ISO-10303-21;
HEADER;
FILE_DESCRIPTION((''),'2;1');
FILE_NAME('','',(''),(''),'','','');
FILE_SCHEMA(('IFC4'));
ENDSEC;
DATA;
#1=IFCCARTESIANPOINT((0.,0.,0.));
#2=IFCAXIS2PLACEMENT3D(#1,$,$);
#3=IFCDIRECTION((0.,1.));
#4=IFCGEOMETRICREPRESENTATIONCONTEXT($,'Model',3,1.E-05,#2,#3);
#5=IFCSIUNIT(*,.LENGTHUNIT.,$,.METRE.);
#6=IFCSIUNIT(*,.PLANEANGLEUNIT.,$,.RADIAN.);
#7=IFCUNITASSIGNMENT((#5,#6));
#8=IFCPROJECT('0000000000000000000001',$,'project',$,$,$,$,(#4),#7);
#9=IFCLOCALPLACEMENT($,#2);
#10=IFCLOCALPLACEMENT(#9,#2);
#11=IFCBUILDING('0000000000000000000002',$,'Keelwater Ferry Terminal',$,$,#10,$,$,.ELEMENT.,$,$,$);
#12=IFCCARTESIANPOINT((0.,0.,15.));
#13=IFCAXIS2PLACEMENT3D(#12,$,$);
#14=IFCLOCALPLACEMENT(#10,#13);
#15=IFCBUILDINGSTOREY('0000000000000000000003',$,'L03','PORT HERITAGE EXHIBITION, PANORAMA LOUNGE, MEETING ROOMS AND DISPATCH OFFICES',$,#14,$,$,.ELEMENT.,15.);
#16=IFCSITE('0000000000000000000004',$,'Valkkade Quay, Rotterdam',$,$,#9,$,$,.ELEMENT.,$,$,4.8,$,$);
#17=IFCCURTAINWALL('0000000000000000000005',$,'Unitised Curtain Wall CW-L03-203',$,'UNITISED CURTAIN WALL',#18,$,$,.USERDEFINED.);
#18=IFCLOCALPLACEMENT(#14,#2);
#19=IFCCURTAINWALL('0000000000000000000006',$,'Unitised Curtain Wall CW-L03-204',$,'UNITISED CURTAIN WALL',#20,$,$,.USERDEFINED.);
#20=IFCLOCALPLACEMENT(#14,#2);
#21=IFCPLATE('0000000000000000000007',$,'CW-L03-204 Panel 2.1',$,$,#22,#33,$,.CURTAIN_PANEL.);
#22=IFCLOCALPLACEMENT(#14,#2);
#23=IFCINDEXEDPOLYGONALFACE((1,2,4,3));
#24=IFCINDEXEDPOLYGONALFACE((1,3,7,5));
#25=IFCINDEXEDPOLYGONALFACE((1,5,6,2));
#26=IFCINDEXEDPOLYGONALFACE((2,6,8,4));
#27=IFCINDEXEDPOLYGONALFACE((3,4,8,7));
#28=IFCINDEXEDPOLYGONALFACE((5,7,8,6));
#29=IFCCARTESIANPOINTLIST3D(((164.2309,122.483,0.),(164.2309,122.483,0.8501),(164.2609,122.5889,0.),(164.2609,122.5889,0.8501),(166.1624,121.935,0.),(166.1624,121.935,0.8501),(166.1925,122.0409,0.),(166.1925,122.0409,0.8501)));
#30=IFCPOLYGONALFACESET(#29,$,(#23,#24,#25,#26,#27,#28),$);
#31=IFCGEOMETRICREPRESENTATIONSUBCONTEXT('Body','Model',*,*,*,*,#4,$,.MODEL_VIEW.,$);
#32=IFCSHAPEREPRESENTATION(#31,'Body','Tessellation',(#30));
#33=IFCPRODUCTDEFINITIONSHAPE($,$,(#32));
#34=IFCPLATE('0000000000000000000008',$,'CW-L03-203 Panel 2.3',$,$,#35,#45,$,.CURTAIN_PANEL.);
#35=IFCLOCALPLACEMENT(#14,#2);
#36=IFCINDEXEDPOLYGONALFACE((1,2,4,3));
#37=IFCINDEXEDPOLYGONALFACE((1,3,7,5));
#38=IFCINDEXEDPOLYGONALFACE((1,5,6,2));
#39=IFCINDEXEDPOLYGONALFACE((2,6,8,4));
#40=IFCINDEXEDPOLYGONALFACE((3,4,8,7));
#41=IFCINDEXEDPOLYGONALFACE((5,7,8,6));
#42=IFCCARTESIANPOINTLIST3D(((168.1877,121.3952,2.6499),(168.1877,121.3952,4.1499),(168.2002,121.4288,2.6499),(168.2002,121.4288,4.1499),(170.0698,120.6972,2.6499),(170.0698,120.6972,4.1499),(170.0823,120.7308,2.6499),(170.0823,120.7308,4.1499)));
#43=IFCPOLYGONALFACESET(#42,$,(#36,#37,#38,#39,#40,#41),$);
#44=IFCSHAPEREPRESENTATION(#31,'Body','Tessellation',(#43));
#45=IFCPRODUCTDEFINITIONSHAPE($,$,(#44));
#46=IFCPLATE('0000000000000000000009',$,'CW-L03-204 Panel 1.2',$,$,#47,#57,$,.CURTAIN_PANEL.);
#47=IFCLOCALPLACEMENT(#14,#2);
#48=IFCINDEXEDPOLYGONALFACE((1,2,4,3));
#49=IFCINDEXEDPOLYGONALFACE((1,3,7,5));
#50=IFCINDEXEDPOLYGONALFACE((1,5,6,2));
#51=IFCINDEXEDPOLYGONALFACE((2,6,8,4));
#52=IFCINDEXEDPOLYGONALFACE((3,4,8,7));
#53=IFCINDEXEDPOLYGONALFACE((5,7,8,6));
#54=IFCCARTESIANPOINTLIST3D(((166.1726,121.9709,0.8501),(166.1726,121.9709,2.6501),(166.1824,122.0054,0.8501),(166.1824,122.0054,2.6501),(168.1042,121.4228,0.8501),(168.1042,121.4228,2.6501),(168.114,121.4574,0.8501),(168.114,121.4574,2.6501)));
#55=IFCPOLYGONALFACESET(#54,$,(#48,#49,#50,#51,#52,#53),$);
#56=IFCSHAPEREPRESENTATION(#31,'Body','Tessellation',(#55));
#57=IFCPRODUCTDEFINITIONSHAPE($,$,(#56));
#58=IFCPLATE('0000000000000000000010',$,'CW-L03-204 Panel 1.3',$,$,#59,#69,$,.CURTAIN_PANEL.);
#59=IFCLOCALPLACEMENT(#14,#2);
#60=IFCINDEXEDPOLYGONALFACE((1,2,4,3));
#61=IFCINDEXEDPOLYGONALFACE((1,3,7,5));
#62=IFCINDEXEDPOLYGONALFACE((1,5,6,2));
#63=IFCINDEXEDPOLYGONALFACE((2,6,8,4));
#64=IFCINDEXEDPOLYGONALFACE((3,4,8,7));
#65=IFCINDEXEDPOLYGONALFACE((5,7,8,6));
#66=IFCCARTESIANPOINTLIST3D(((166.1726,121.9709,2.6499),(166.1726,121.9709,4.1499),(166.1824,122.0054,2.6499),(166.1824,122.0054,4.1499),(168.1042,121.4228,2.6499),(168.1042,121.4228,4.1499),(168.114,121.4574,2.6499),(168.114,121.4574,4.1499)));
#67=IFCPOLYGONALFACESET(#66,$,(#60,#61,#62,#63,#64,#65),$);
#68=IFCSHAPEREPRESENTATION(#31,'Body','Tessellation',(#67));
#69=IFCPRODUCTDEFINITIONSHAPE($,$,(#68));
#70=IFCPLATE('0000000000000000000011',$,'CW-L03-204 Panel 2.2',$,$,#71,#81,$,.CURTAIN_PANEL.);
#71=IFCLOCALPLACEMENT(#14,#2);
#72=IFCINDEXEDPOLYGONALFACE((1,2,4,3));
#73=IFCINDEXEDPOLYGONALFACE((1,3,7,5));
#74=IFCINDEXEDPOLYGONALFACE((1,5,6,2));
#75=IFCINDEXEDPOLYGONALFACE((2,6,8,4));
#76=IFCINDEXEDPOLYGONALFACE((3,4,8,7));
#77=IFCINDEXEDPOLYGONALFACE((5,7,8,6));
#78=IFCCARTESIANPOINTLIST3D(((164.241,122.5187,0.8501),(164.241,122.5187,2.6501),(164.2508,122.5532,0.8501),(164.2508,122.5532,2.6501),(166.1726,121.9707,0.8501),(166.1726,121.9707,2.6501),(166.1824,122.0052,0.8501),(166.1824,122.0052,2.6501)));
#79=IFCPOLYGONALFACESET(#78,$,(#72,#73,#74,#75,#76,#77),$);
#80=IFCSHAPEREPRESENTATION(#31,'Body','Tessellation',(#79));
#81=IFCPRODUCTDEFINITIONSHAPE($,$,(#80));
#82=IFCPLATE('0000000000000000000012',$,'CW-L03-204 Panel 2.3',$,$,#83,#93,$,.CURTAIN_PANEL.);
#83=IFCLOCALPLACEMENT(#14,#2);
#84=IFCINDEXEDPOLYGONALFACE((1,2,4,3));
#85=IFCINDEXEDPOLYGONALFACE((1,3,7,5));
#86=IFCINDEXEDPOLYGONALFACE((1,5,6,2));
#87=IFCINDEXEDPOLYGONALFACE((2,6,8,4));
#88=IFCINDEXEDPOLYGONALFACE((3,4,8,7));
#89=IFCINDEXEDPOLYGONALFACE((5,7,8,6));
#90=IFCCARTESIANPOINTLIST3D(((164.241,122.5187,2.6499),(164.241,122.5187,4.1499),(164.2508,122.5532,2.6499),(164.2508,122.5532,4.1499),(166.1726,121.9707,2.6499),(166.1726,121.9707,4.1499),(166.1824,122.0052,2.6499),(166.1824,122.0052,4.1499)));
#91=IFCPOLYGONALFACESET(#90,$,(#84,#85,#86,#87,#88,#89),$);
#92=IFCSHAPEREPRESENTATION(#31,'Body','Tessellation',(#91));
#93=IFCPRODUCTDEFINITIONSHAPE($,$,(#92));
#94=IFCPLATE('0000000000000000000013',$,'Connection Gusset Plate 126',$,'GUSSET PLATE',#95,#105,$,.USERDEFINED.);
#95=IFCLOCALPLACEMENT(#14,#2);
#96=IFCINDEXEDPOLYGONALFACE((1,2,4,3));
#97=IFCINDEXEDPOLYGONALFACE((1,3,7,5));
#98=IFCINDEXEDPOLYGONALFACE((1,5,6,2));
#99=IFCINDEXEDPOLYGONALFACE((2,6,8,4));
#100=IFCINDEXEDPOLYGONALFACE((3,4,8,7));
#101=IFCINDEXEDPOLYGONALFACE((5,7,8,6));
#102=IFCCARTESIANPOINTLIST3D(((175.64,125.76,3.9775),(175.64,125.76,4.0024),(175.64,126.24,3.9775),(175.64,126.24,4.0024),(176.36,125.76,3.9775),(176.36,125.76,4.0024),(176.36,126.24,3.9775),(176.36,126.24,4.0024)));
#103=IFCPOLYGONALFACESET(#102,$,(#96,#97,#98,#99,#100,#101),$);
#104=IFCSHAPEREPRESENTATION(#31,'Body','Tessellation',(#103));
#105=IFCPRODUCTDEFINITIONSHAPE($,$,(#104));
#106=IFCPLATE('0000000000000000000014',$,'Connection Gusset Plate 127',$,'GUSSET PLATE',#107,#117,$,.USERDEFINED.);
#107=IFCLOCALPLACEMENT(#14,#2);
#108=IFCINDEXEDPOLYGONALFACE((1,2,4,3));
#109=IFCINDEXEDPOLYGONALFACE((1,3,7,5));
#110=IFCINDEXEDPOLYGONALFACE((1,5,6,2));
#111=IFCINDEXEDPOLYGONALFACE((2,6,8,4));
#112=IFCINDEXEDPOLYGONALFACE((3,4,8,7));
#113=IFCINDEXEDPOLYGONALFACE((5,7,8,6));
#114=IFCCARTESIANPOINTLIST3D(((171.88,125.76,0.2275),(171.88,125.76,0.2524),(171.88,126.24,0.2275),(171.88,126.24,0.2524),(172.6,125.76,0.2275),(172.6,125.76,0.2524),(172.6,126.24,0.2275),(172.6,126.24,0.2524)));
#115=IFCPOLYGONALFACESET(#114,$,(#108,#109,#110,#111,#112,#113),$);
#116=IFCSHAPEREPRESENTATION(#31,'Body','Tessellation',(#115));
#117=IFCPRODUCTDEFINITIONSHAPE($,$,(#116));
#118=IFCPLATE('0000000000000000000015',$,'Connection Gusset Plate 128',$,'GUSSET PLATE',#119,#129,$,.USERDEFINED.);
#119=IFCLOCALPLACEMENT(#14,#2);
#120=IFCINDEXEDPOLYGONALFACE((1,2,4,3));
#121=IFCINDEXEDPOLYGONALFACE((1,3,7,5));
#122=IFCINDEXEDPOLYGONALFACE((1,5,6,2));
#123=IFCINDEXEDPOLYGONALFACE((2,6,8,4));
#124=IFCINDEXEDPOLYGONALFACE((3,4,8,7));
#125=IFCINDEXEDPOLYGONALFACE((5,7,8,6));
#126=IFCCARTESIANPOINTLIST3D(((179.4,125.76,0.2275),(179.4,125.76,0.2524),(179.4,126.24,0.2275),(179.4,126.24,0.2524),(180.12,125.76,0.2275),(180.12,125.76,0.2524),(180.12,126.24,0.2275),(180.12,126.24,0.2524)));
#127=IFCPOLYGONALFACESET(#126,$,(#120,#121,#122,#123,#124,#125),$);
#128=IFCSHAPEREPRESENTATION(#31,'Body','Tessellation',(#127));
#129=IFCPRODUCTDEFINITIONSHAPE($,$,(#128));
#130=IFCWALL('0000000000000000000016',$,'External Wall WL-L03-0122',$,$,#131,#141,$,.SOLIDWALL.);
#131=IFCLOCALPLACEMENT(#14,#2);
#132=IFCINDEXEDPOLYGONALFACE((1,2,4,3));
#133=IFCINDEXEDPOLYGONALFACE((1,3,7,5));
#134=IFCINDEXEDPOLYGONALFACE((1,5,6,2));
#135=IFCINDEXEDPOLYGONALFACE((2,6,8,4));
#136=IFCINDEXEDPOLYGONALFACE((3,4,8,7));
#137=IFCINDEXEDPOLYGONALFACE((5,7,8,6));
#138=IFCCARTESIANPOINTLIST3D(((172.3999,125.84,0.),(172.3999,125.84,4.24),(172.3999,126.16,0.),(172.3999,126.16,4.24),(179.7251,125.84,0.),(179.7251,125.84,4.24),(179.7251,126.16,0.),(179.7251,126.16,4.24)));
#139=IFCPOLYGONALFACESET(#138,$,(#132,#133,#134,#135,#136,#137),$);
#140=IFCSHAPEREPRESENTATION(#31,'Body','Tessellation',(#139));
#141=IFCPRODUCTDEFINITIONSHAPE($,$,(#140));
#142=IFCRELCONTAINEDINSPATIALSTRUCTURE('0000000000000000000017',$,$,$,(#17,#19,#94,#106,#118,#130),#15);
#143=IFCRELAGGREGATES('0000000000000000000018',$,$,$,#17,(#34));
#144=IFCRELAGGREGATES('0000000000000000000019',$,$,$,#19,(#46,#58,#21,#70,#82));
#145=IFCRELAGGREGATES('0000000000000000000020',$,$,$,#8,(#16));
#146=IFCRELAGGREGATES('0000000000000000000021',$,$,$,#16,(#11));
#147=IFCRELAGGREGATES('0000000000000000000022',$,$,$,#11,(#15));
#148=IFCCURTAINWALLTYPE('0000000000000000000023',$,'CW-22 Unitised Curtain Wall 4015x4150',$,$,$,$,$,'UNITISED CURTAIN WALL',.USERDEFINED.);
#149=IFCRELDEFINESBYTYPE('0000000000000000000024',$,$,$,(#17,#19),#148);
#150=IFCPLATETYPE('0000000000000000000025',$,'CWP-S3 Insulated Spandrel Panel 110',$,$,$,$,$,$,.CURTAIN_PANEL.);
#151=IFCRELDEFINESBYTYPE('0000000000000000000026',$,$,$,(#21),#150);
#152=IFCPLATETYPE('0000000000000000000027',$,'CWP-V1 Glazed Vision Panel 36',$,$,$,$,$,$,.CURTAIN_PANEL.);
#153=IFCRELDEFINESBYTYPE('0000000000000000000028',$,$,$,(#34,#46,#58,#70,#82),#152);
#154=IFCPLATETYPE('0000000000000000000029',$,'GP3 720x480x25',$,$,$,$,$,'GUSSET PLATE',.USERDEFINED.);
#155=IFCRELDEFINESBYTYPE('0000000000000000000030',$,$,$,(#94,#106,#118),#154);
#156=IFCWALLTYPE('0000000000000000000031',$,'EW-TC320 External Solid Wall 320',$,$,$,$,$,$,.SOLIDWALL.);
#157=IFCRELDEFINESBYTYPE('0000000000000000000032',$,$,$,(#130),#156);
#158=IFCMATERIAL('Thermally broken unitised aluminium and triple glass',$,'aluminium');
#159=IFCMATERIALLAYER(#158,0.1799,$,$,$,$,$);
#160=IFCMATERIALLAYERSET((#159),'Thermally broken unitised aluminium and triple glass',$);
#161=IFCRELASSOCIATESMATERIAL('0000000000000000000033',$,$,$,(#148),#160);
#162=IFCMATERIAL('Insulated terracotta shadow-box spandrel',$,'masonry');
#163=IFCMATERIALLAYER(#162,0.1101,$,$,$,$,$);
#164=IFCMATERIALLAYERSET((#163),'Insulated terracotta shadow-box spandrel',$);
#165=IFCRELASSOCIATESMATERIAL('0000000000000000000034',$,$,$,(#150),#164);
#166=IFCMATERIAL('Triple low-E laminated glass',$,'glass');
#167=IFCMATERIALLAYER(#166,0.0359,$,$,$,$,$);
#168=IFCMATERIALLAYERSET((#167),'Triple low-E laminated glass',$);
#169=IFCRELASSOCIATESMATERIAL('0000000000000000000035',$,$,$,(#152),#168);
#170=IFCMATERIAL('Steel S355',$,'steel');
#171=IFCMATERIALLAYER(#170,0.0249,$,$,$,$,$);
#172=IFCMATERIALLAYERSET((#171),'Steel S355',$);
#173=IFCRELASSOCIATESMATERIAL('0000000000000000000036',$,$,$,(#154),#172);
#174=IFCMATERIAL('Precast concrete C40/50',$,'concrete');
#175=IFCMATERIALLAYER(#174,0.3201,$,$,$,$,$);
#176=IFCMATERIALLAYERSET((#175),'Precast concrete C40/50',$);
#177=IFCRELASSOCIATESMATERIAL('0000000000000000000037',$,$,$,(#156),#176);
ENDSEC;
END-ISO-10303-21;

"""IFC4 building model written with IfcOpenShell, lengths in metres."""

from ifc_helpers import new_model, si_unit, direction, frame, frame_2d, origin, origin_2d, place, context, subcontext, project, spatial, rectangle, extrude, material, layer, layer_set, type_object, element, aggregate, save


model = new_model("IFC4")

# Units and contexts
model_context = context("Model", 3, precision=1e-05, world=origin(), true_north=direction((0.0, 1.0)))
body_context = subcontext(model_context, "Body", "Model", "MODEL_VIEW")
ifc_project = project(units=[si_unit("LENGTHUNIT", "METRE"), si_unit("PLANEANGLEUNIT", "RADIAN")], contexts=[model_context])

# Site, building, storey
site_placement = place(None, origin())
site = spatial("IfcSite", under=ifc_project, at=site_placement, Name="Valkkade Quay, Rotterdam", CompositionType="ELEMENT", RefElevation=4.8)
building_placement = place(site_placement, origin())
building = spatial("IfcBuilding", under=site, at=building_placement, Name="Keelwater Ferry Terminal", CompositionType="ELEMENT")
storey_placement = place(building_placement, frame((0.0, 0.0, 15.0)))
storey = spatial("IfcBuildingStorey", under=building, at=storey_placement, Name="L03", Description="PORT HERITAGE EXHIBITION, PANORAMA LOUNGE, MEETING ROOMS AND DISPATCH OFFICES", CompositionType="ELEMENT", Elevation=15.0)

# Curtain wall
ifc_material_1 = material(Name="Thermally broken unitised aluminium and triple glass", Category="aluminium")
ifc_layer_1 = layer(ifc_material_1, 0.1799)
ifc_layer_set_1 = layer_set([ifc_layer_1], Name="Thermally broken unitised aluminium and triple glass")
curtain_wall_type = type_object("IfcCurtainWallType", Name="CW-22 Unitised Curtain Wall 4015x4150", ElementType="UNITISED CURTAIN WALL", PredefinedType="USERDEFINED", material=ifc_layer_set_1)
curtain_wall_1_placement = place(storey_placement, origin())
curtain_wall_1 = element("IfcCurtainWall", 1, at=curtain_wall_1_placement, inside=storey, type_object=curtain_wall_type, Name="Unitised Curtain Wall CW-L03-203", ObjectType="UNITISED CURTAIN WALL", PredefinedType="USERDEFINED")

# Curtain wall
curtain_wall_2_placement = place(storey_placement, origin())
curtain_wall_2 = element("IfcCurtainWall", 2, at=curtain_wall_2_placement, inside=storey, type_object=curtain_wall_type, Name="Unitised Curtain Wall CW-L03-204", ObjectType="UNITISED CURTAIN WALL", PredefinedType="USERDEFINED")

# Plates
ifc_material_2 = material(Name="Insulated terracotta shadow-box spandrel", Category="masonry")
ifc_layer_2 = layer(ifc_material_2, 0.1101)
ifc_layer_set_2 = layer_set([ifc_layer_2], Name="Insulated terracotta shadow-box spandrel")
plate_type_1 = type_object("IfcPlateType", Name="CWP-S3 Insulated Spandrel Panel 110", PredefinedType="CURTAIN_PANEL", material=ifc_layer_set_2)
plate_1_placement = place(storey_placement, frame((165.2117, 122.262, 0.0), z_axis=(0.0, 0.0, 1.0), x_axis=(-0.96203, 0.272945, 0.0)))
plate_1 = element("IfcPlate", 3, at=plate_1_placement, type_object=plate_type_1, Name="CW-L03-204 Panel 2.1", PredefinedType="CURTAIN_PANEL", context=body_context, shape_type="SweptSolid", body=[
    extrude(rectangle(XDim=2.0078, YDim=0.1101, at=origin_2d()), origin(), (0.0, 0.0, 1.0), 0.8501),
])
ifc_material_3 = material(Name="Triple low-E laminated glass", Category="glass")
ifc_layer_3 = layer(ifc_material_3, 0.0359)
ifc_layer_set_3 = layer_set([ifc_layer_3], Name="Triple low-E laminated glass")
plate_type_2 = type_object("IfcPlateType", Name="CWP-V1 Glazed Vision Panel 36", PredefinedType="CURTAIN_PANEL", material=ifc_layer_set_3)
plate_2_placement = place(storey_placement, frame((169.135, 121.063, 2.6499), z_axis=(0.0, 0.0, 1.0), x_axis=(-0.937592, 0.347736, 0.0)))
plate_2 = element("IfcPlate", 4, at=plate_2_placement, type_object=plate_type_2, Name="CW-L03-203 Panel 2.3", PredefinedType="CURTAIN_PANEL", context=body_context, shape_type="SweptSolid", body=[
    extrude(rectangle(XDim=2.0073, YDim=0.0359, at=origin_2d()), origin(), (0.0, 0.0, 1.0), 1.5),
])
aggregate(curtain_wall_1, [plate_2])
plate_3_placement = place(storey_placement, frame((167.1433, 121.7141, 0.8501), z_axis=(0.0, 0.0, 1.0), x_axis=(-0.96203, 0.272945, 0.0)))
plate_3 = element("IfcPlate", 5, at=plate_3_placement, type_object=plate_type_2, Name="CW-L03-204 Panel 1.2", PredefinedType="CURTAIN_PANEL", context=body_context, shape_type="SweptSolid", body=[
    extrude(rectangle(XDim=2.0078, YDim=0.0359, at=origin_2d()), origin(), (0.0, 0.0, 1.0), 1.8),
])
plate_4_placement = place(storey_placement, frame((167.1433, 121.7141, 2.6499), z_axis=(0.0, 0.0, 1.0), x_axis=(-0.96203, 0.272945, 0.0)))
plate_4 = element("IfcPlate", 6, at=plate_4_placement, type_object=plate_type_2, Name="CW-L03-204 Panel 1.3", PredefinedType="CURTAIN_PANEL", context=body_context, shape_type="SweptSolid", body=[
    extrude(rectangle(XDim=2.0078, YDim=0.0359, at=origin_2d()), origin(), (0.0, 0.0, 1.0), 1.5),
])
plate_5_placement = place(storey_placement, frame((165.2117, 122.262, 0.8501), z_axis=(0.0, 0.0, 1.0), x_axis=(-0.96203, 0.272945, 0.0)))
plate_5 = element("IfcPlate", 7, at=plate_5_placement, type_object=plate_type_2, Name="CW-L03-204 Panel 2.2", PredefinedType="CURTAIN_PANEL", context=body_context, shape_type="SweptSolid", body=[
    extrude(rectangle(XDim=2.0078, YDim=0.0359, at=origin_2d()), origin(), (0.0, 0.0, 1.0), 1.8),
])
plate_6_placement = place(storey_placement, frame((165.2117, 122.262, 2.6499), z_axis=(0.0, 0.0, 1.0), x_axis=(-0.96203, 0.272945, 0.0)))
plate_6 = element("IfcPlate", 8, at=plate_6_placement, type_object=plate_type_2, Name="CW-L03-204 Panel 2.3", PredefinedType="CURTAIN_PANEL", context=body_context, shape_type="SweptSolid", body=[
    extrude(rectangle(XDim=2.0078, YDim=0.0359, at=origin_2d()), origin(), (0.0, 0.0, 1.0), 1.5),
])
aggregate(curtain_wall_2, [plate_3, plate_4, plate_1, plate_5, plate_6])

# Plates
ifc_material_4 = material(Name="Steel S355", Category="steel")
ifc_layer_4 = layer(ifc_material_4, 0.0249)
ifc_layer_set_4 = layer_set([ifc_layer_4], Name="Steel S355")
plate_type_3 = type_object("IfcPlateType", Name="GP3 720x480x25", ElementType="GUSSET PLATE", PredefinedType="USERDEFINED", material=ifc_layer_set_4)
for number, where, z_axis, x_axis, name in (
    (9, (176.0, 126.0, 3.9775), (0.0, 0.0, 1.0), (1.0, 0.0, 0.0), "Connection Gusset Plate 126"),
    (10, (172.24, 126.0, 0.2275), (0.0, 0.0, 1.0), (1.0, 0.0, 0.0), "Connection Gusset Plate 127"),
    (11, (179.76, 126.0, 0.2275), (0.0, 0.0, 1.0), (1.0, 0.0, 0.0), "Connection Gusset Plate 128"),
):
    element("IfcPlate", number, at=place(storey_placement, frame(where, z_axis=z_axis, x_axis=x_axis)), inside=storey, type_object=plate_type_3, Name=name, ObjectType="GUSSET PLATE", PredefinedType="USERDEFINED", context=body_context, shape_type="SweptSolid", body=[
        extrude(rectangle(XDim=0.72, YDim=0.48, at=origin_2d()), origin(), (0.0, 0.0, 1.0), 0.0249),
    ])

# Wall
ifc_material_5 = material(Name="Precast concrete C40/50", Category="concrete")
ifc_layer_5 = layer(ifc_material_5, 0.3201)
ifc_layer_set_5 = layer_set([ifc_layer_5], Name="Precast concrete C40/50")
wall_type = type_object("IfcWallType", Name="EW-TC320 External Solid Wall 320", PredefinedType="SOLIDWALL", material=ifc_layer_set_5)
wall_placement = place(storey_placement, frame((172.3999, 126.0, 0.0), z_axis=(0.0, 0.0, 1.0), x_axis=(1.0, 0.0, 0.0)))
element("IfcWall", 12, at=wall_placement, inside=storey, type_object=wall_type, Name="External Wall WL-L03-0122", PredefinedType="SOLIDWALL", context=body_context, shape_type="SweptSolid", body=[
    extrude(rectangle(XDim=7.3252, YDim=0.3201, at=frame_2d((3.6626, 0.0))), origin(), (0.0, 0.0, 1.0), 4.24),
])

save(model, "model.ifc")
